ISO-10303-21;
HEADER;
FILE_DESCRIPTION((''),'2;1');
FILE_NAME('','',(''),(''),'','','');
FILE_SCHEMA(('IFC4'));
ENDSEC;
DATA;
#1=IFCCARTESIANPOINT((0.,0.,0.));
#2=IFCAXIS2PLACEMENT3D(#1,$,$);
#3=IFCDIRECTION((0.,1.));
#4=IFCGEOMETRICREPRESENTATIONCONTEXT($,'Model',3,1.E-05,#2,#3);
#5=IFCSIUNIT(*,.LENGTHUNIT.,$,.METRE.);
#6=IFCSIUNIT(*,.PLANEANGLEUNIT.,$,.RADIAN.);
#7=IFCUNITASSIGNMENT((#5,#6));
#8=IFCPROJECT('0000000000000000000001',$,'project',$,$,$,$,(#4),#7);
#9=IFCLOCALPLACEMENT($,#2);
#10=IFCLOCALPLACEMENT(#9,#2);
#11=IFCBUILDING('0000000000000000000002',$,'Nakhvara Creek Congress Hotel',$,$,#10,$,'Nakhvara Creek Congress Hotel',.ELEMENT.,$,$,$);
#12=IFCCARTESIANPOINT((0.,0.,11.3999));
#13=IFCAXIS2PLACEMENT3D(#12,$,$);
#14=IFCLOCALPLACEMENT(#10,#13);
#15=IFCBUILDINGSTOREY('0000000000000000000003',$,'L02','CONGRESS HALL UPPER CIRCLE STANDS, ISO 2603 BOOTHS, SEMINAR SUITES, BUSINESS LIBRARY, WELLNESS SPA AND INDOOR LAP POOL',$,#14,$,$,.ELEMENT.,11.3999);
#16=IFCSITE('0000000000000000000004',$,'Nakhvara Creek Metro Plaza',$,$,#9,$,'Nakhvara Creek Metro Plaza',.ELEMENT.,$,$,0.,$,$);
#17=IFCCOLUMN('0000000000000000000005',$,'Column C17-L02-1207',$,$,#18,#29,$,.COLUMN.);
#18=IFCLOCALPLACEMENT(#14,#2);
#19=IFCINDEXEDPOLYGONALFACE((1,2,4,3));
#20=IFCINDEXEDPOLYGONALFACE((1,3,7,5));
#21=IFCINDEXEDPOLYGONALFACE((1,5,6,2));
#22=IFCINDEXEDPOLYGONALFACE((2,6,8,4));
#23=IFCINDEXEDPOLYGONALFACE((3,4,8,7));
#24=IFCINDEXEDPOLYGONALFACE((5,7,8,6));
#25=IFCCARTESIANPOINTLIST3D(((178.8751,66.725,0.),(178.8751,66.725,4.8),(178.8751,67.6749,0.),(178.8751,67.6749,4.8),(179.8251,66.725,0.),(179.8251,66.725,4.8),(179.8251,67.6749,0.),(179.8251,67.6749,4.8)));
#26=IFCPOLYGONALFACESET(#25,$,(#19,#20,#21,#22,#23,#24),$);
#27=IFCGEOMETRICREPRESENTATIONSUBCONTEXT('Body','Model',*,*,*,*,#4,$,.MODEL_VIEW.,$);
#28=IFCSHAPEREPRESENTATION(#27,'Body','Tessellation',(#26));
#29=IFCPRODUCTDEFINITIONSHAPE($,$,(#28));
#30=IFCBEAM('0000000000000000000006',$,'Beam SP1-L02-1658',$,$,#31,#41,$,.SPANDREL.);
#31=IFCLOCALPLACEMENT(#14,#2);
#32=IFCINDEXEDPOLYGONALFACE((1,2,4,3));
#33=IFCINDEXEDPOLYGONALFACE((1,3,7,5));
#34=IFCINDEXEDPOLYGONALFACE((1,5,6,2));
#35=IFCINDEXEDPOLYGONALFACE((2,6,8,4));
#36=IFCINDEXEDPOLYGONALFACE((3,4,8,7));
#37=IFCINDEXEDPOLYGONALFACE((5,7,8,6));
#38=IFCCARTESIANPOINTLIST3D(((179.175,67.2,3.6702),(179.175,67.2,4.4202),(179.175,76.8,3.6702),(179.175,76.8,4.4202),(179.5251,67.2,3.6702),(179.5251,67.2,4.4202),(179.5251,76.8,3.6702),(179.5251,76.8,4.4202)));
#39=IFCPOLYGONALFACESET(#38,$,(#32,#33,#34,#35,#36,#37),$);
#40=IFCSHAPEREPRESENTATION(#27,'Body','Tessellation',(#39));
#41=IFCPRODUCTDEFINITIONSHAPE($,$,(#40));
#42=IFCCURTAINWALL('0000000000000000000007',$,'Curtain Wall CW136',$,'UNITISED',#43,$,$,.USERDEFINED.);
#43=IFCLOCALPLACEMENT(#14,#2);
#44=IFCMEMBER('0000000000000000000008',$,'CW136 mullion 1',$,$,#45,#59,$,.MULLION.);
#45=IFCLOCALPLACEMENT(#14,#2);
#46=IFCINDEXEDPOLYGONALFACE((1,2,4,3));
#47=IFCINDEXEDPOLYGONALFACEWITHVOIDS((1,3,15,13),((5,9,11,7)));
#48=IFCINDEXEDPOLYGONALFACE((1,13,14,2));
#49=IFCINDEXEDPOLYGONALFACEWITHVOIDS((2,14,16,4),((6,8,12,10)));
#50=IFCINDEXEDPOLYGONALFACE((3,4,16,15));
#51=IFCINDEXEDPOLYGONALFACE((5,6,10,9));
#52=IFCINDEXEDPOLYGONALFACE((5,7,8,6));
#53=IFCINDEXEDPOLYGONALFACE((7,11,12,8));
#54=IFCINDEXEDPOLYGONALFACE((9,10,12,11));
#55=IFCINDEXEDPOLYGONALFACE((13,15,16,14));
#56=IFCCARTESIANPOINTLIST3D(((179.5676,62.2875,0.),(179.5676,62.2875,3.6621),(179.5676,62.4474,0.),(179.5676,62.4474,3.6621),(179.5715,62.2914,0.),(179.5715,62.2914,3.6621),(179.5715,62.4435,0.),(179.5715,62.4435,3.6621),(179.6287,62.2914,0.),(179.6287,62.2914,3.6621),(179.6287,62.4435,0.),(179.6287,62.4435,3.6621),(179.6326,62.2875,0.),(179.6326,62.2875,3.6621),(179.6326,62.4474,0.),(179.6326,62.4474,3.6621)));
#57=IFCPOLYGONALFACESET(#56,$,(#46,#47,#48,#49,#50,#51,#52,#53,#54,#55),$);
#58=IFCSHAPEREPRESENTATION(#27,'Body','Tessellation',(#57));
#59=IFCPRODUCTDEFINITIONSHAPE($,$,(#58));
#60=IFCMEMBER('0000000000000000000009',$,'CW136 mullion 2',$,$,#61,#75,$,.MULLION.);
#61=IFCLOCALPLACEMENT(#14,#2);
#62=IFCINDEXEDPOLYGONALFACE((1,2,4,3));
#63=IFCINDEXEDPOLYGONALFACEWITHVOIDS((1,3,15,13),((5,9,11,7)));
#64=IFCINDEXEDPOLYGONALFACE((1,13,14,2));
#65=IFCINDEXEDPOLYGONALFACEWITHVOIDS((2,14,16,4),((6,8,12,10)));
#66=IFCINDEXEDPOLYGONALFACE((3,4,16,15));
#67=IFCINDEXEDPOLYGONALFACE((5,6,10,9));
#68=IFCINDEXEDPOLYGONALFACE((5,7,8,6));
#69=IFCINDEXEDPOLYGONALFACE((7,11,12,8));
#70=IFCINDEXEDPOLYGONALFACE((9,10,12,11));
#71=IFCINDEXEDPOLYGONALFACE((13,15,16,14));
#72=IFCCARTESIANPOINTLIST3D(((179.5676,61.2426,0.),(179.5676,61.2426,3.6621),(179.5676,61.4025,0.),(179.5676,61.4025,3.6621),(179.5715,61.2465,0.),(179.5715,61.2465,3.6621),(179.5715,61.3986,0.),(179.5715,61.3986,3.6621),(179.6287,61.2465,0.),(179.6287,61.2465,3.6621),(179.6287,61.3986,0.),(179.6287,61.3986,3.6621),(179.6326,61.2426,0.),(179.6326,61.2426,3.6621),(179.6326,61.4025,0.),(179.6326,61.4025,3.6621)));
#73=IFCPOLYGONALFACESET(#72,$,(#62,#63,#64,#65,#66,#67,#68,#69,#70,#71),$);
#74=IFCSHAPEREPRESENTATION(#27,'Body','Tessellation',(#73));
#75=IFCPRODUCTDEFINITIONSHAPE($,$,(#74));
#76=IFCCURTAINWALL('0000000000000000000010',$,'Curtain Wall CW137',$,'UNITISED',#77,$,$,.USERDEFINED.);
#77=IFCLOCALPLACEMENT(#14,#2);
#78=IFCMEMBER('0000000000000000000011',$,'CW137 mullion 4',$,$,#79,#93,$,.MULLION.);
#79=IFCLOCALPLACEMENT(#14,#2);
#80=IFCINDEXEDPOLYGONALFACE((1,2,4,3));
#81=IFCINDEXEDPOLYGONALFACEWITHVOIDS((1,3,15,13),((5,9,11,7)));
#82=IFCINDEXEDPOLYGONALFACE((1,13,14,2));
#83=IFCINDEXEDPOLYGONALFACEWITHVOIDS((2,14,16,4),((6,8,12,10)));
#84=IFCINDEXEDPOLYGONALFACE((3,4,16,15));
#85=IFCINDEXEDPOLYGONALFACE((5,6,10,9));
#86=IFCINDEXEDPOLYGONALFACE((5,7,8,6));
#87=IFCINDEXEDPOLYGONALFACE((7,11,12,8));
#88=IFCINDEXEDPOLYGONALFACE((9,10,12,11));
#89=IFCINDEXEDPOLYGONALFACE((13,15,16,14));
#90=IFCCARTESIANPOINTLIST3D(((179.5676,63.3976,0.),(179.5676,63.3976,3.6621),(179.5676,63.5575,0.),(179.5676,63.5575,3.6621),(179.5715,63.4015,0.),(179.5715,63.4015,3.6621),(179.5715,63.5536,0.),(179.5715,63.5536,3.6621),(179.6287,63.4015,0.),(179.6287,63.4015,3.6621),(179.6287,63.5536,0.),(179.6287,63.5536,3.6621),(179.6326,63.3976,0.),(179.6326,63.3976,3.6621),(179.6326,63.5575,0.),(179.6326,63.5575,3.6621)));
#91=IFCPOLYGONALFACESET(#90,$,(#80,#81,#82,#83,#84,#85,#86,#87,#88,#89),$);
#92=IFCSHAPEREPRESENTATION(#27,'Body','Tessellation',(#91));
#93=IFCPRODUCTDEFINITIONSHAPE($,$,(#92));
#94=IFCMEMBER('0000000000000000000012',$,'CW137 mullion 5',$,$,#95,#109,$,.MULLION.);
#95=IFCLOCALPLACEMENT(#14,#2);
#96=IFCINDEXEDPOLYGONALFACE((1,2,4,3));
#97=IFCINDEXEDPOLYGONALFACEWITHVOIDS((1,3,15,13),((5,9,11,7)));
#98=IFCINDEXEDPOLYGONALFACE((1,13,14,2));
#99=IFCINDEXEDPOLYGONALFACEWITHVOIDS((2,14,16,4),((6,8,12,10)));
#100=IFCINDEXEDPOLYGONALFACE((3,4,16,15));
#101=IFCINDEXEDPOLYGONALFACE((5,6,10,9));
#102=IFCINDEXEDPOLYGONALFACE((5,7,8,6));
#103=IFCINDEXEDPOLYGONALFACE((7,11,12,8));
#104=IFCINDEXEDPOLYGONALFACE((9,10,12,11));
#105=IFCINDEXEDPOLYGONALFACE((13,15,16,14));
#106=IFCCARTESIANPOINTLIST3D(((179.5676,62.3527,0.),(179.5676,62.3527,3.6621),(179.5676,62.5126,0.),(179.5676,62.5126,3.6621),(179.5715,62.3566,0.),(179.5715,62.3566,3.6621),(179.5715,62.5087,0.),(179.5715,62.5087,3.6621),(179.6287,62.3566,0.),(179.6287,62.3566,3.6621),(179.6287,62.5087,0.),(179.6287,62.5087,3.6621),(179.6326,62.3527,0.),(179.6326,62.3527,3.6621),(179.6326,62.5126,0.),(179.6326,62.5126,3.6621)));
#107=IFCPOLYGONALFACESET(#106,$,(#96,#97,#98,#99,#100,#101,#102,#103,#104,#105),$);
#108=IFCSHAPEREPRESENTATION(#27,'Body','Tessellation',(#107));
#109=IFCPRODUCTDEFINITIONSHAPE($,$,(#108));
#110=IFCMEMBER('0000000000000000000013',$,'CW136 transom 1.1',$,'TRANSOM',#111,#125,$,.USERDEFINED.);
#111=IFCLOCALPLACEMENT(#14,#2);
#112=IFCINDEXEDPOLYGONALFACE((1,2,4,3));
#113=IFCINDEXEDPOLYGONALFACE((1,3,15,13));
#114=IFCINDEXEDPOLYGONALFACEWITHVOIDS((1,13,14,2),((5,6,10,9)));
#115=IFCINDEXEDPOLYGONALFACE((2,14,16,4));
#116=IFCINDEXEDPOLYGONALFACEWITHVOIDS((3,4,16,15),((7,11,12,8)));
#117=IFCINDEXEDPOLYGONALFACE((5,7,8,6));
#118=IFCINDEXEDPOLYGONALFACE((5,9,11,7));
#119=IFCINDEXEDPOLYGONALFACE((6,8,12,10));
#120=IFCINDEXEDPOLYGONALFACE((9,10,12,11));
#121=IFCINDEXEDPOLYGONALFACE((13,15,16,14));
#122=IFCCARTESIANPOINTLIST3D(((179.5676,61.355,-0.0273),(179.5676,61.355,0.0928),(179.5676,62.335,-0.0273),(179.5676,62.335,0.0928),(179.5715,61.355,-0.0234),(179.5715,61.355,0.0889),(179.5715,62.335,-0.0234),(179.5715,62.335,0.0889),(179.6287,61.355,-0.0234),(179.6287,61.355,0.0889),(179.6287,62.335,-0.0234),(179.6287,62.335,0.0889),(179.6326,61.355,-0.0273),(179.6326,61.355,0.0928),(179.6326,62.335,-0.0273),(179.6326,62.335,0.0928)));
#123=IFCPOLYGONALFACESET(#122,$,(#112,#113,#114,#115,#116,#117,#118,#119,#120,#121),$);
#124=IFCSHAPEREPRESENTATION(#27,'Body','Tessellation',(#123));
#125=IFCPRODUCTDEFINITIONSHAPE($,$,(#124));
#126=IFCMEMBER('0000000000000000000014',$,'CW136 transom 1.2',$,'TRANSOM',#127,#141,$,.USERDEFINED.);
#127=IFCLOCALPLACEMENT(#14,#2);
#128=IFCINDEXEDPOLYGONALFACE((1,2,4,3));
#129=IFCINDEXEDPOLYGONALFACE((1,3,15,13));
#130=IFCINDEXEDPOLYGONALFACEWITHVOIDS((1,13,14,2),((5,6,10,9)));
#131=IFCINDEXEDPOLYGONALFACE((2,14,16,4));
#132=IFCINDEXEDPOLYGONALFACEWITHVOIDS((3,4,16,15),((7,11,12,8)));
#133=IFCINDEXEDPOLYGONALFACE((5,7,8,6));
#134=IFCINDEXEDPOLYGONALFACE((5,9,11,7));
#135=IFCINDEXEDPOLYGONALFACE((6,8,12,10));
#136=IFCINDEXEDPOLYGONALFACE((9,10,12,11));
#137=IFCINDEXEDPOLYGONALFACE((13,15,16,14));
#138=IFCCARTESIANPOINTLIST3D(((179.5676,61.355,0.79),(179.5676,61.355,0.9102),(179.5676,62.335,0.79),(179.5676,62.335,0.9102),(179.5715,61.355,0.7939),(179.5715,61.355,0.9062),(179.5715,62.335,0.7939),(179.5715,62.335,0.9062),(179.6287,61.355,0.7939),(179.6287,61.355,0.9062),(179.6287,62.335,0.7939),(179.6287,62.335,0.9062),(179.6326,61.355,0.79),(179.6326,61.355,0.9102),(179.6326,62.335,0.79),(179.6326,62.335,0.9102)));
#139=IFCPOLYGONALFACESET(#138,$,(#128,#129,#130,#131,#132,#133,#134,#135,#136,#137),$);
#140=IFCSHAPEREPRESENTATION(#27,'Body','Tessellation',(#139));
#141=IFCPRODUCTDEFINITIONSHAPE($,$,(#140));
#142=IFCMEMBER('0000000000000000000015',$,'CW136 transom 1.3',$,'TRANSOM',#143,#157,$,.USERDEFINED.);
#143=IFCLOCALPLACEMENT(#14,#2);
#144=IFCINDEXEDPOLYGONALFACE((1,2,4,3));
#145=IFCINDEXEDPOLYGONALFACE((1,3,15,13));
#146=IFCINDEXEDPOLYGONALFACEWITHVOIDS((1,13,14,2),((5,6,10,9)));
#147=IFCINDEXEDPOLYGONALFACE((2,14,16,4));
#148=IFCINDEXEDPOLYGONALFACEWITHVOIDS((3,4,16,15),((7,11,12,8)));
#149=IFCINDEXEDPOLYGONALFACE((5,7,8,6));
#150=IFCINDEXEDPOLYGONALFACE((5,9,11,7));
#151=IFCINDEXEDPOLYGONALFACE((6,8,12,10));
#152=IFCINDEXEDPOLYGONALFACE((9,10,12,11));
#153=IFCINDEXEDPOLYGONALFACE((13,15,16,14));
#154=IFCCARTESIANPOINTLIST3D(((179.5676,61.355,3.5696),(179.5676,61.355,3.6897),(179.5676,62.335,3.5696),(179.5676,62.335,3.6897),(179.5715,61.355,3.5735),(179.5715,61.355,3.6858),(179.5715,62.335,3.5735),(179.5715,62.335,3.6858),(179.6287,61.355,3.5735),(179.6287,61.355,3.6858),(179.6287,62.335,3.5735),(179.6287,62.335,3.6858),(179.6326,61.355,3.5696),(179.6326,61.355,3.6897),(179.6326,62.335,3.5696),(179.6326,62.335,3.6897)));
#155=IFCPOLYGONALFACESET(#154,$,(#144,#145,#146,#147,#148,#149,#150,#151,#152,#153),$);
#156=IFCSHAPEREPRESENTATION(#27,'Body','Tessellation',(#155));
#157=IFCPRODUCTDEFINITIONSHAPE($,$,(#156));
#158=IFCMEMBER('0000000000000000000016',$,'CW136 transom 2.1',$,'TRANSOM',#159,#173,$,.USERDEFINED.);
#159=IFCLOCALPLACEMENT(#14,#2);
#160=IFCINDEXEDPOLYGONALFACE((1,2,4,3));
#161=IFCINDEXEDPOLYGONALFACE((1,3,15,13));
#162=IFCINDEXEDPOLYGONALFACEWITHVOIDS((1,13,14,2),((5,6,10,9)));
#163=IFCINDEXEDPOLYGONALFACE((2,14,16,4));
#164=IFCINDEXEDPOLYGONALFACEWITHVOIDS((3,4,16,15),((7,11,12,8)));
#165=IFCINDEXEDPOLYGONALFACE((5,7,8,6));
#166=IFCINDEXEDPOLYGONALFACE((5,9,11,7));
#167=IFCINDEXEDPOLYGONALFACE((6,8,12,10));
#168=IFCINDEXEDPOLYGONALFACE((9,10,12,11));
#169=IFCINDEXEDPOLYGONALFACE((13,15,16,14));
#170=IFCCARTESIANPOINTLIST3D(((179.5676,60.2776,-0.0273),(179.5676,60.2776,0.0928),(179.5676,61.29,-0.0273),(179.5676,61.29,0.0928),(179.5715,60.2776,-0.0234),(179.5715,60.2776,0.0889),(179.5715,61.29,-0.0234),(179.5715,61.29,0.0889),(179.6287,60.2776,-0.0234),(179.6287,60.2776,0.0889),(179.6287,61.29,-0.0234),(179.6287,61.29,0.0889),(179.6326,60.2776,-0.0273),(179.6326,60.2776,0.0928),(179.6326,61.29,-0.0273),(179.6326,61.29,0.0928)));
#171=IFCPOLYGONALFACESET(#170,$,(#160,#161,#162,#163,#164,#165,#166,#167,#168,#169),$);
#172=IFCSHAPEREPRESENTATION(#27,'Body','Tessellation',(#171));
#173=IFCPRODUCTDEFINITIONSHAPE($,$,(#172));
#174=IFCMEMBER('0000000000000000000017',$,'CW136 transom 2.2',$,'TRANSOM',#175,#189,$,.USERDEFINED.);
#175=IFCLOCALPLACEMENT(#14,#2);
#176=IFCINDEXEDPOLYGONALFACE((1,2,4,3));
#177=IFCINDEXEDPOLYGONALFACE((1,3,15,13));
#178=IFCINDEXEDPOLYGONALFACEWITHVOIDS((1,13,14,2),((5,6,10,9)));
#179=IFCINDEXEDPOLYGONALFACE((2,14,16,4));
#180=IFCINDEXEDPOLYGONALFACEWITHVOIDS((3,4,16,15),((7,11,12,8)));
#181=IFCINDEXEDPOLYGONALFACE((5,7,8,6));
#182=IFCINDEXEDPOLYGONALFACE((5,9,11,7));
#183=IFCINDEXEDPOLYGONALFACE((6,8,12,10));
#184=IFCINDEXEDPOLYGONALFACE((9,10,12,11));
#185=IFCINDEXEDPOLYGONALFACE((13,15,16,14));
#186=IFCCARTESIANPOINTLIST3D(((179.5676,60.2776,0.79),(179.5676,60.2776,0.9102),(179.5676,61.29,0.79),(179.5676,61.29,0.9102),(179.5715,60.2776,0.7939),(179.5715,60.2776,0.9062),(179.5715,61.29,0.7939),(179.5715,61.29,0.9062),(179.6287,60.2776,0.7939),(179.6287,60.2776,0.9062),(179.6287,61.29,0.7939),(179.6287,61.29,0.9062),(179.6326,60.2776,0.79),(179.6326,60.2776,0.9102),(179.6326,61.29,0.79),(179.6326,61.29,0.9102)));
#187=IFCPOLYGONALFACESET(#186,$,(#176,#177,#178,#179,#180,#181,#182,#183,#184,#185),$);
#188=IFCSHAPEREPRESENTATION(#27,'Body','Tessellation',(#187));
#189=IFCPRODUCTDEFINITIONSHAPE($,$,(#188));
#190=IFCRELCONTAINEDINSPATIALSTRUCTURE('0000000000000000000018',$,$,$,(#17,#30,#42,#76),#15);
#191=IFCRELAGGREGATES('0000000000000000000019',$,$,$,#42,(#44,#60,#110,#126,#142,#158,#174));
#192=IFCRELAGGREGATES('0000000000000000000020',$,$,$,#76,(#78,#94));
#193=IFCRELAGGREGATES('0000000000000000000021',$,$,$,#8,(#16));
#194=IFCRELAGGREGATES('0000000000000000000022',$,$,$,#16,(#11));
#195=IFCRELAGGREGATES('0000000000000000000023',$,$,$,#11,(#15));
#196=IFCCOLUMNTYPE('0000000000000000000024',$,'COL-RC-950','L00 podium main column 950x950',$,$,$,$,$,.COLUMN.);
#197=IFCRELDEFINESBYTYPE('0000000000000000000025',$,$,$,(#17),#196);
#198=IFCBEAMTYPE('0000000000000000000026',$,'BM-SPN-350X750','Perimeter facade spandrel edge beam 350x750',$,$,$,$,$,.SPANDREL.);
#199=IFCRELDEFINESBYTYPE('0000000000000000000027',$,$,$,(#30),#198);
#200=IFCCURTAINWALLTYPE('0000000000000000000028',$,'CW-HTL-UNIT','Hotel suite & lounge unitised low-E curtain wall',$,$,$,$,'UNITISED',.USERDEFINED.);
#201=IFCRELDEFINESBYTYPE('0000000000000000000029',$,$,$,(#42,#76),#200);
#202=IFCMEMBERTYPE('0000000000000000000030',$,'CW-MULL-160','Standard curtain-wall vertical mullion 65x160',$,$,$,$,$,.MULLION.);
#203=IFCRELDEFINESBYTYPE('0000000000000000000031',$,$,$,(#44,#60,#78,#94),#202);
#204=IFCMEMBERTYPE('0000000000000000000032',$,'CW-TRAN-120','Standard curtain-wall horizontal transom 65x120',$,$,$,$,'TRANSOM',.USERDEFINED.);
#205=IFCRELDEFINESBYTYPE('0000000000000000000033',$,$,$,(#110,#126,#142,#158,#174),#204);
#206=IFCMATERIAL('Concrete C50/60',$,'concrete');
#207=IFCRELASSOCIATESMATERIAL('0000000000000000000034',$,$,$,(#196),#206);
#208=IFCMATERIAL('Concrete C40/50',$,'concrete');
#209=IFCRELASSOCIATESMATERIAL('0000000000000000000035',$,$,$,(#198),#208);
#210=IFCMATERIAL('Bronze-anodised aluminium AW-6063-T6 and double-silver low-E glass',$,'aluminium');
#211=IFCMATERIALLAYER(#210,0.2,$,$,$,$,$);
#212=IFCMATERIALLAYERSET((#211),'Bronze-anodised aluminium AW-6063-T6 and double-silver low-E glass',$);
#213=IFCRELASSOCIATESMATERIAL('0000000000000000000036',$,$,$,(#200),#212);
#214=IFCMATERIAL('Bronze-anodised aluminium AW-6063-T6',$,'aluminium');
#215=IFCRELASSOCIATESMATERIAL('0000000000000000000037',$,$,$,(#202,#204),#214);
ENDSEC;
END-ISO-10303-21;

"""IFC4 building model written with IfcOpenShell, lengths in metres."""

from ifc_helpers import new_model, si_unit, direction, frame, origin, origin_2d, place, context, subcontext, project, spatial, rectangle, hollow_rectangle, extrude, material, layer, layer_set, material_profile, profile_set, type_object, element, aggregate, save


model = new_model("IFC4")

# Units and contexts
model_context = context("Model", 3, precision=1e-05, world=origin(), true_north=direction((0.0, 1.0)))
body_context = subcontext(model_context, "Body", "Model", "MODEL_VIEW")
ifc_project = project(units=[si_unit("LENGTHUNIT", "METRE"), si_unit("PLANEANGLEUNIT", "RADIAN")], contexts=[model_context])

# Site, building, storey
site_placement = place(None, origin())
site = spatial("IfcSite", under=ifc_project, at=site_placement, Name="Nakhvara Creek Metro Plaza", LongName="Nakhvara Creek Metro Plaza", CompositionType="ELEMENT", RefElevation=0.0)
building_placement = place(site_placement, origin())
building = spatial("IfcBuilding", under=site, at=building_placement, Name="Nakhvara Creek Congress Hotel", LongName="Nakhvara Creek Congress Hotel", CompositionType="ELEMENT")
storey_placement = place(building_placement, frame((0.0, 0.0, 11.3999)))
storey = spatial("IfcBuildingStorey", under=building, at=storey_placement, Name="L02", Description="CONGRESS HALL UPPER CIRCLE STANDS, ISO 2603 BOOTHS, SEMINAR SUITES, BUSINESS LIBRARY, WELLNESS SPA AND INDOOR LAP POOL", CompositionType="ELEMENT", Elevation=11.3999)

# Column
ifc_material_1 = material(Name="Concrete C50/60", Category="concrete")
ifc_material_profile_1 = material_profile(ifc_material_1, rectangle(XDim=0.95, YDim=0.95, at=origin_2d()), Name="RC-COL 950x950", Category="LoadBearing")
ifc_profile_set_1 = profile_set([ifc_material_profile_1], Name="Concrete C50/60")
column_type = type_object("IfcColumnType", Name="COL-RC-950", Description="L00 podium main column 950x950", PredefinedType="COLUMN", material=ifc_profile_set_1)
column_placement = place(storey_placement, frame((179.3501, 67.2, 0.0), z_axis=(0.0, 0.0, 1.0), x_axis=(1.0, 0.0, 0.0)))
element("IfcColumn", 1, at=column_placement, inside=storey, type_object=column_type, Name="Column C17-L02-1207", PredefinedType="COLUMN", context=body_context, shape_type="SweptSolid", body=[
    extrude(rectangle(XDim=0.95, YDim=0.95, at=origin_2d()), origin(), (0.0, 0.0, 1.0), 4.8),
])

# Beam
ifc_material_2 = material(Name="Concrete C40/50", Category="concrete")
ifc_material_profile_2 = material_profile(ifc_material_2, rectangle(XDim=0.3501, YDim=0.75, at=origin_2d()), Name="RC-SPANDREL 350x750", Category="LoadBearing")
ifc_profile_set_2 = profile_set([ifc_material_profile_2], Name="Concrete C40/50")
beam_type = type_object("IfcBeamType", Name="BM-SPN-350X750", Description="Perimeter facade spandrel edge beam 350x750", PredefinedType="SPANDREL", material=ifc_profile_set_2)
beam_placement = place(storey_placement, frame((179.3501, 67.2, 4.0452), z_axis=(0.0, 1.0, 0.0), x_axis=(-1.0, 0.0, 0.0)))
element("IfcBeam", 2, at=beam_placement, inside=storey, type_object=beam_type, Name="Beam SP1-L02-1658", PredefinedType="SPANDREL", context=body_context, shape_type="SweptSolid", body=[
    extrude(rectangle(XDim=0.3501, YDim=0.75, at=origin_2d()), origin(), (0.0, 0.0, 1.0), 9.6001),
])

# Curtain walls, members
ifc_material_3 = material(Name="Bronze-anodised aluminium AW-6063-T6 and double-silver low-E glass", Category="aluminium")
ifc_layer_1 = layer(ifc_material_3, 0.2)
ifc_layer_set_1 = layer_set([ifc_layer_1], Name="Bronze-anodised aluminium AW-6063-T6 and double-silver low-E glass")
curtain_wall_type = type_object("IfcCurtainWallType", Name="CW-HTL-UNIT", Description="Hotel suite & lounge unitised low-E curtain wall", ElementType="UNITISED", PredefinedType="USERDEFINED", material=ifc_layer_set_1)
curtain_wall_1_placement = place(storey_placement, origin())
curtain_wall_1 = element("IfcCurtainWall", 3, at=curtain_wall_1_placement, inside=storey, type_object=curtain_wall_type, Name="Curtain Wall CW136", ObjectType="UNITISED", PredefinedType="USERDEFINED")
ifc_material_4 = material(Name="Bronze-anodised aluminium AW-6063-T6", Category="aluminium")
ifc_material_profile_3 = material_profile(ifc_material_4, hollow_rectangle(XDim=0.0649, YDim=0.1599, WallThickness=0.0039, at=origin_2d()), Name="ALU-MULL 65x160x4", Category="LoadBearing")
ifc_profile_set_3 = profile_set([ifc_material_profile_3], Name="Bronze-anodised aluminium AW-6063-T6")
member_type_1 = type_object("IfcMemberType", Name="CW-MULL-160", Description="Standard curtain-wall vertical mullion 65x160", PredefinedType="MULLION", material=ifc_profile_set_3)
member_1_placement = place(storey_placement, frame((179.6001, 62.3674, 0.0), z_axis=(0.0, 0.0, 1.0), x_axis=(1.0, 0.0, 0.0)))
member_1 = element("IfcMember", 4, at=member_1_placement, type_object=member_type_1, Name="CW136 mullion 1", PredefinedType="MULLION", context=body_context, shape_type="SweptSolid", body=[
    extrude(hollow_rectangle(XDim=0.0649, YDim=0.1599, WallThickness=0.0039, at=origin_2d()), origin(), (0.0, 0.0, 1.0), 3.6621),
])
member_2_placement = place(storey_placement, frame((179.6001, 61.3225, 0.0), z_axis=(0.0, 0.0, 1.0), x_axis=(1.0, 0.0, 0.0)))
member_2 = element("IfcMember", 5, at=member_2_placement, type_object=member_type_1, Name="CW136 mullion 2", PredefinedType="MULLION", context=body_context, shape_type="SweptSolid", body=[
    extrude(hollow_rectangle(XDim=0.0649, YDim=0.1599, WallThickness=0.0039, at=origin_2d()), origin(), (0.0, 0.0, 1.0), 3.6621),
])
curtain_wall_2_placement = place(storey_placement, origin())
curtain_wall_2 = element("IfcCurtainWall", 6, at=curtain_wall_2_placement, inside=storey, type_object=curtain_wall_type, Name="Curtain Wall CW137", ObjectType="UNITISED", PredefinedType="USERDEFINED")
member_3_placement = place(storey_placement, frame((179.6001, 63.4775, 0.0), z_axis=(0.0, 0.0, 1.0), x_axis=(1.0, 0.0, 0.0)))
member_3 = element("IfcMember", 7, at=member_3_placement, type_object=member_type_1, Name="CW137 mullion 4", PredefinedType="MULLION", context=body_context, shape_type="SweptSolid", body=[
    extrude(hollow_rectangle(XDim=0.0649, YDim=0.1599, WallThickness=0.0039, at=origin_2d()), origin(), (0.0, 0.0, 1.0), 3.6621),
])
member_4_placement = place(storey_placement, frame((179.6001, 62.4326, 0.0), z_axis=(0.0, 0.0, 1.0), x_axis=(1.0, 0.0, 0.0)))
member_4 = element("IfcMember", 8, at=member_4_placement, type_object=member_type_1, Name="CW137 mullion 5", PredefinedType="MULLION", context=body_context, shape_type="SweptSolid", body=[
    extrude(hollow_rectangle(XDim=0.0649, YDim=0.1599, WallThickness=0.0039, at=origin_2d()), origin(), (0.0, 0.0, 1.0), 3.6621),
])

# Members
ifc_material_profile_4 = material_profile(ifc_material_4, hollow_rectangle(XDim=0.0649, YDim=0.1201, WallThickness=0.0039, at=origin_2d()), Name="ALU-TRAN 65x120x4", Category="LoadBearing")
ifc_profile_set_4 = profile_set([ifc_material_profile_4], Name="Bronze-anodised aluminium AW-6063-T6")
member_type_2 = type_object("IfcMemberType", Name="CW-TRAN-120", Description="Standard curtain-wall horizontal transom 65x120", ElementType="TRANSOM", PredefinedType="USERDEFINED", material=ifc_profile_set_4)
member_5_placement = place(storey_placement, frame((179.6001, 62.335, 0.0327), z_axis=(0.0, -1.0, 0.0), x_axis=(1.0, 0.0, 0.0)))
member_5 = element("IfcMember", 9, at=member_5_placement, type_object=member_type_2, Name="CW136 transom 1.1", ObjectType="TRANSOM", PredefinedType="USERDEFINED", context=body_context, shape_type="SweptSolid", body=[
    extrude(hollow_rectangle(XDim=0.0649, YDim=0.1201, WallThickness=0.0039, at=origin_2d()), origin(), (0.0, 0.0, 1.0), 0.98),
])
member_6_placement = place(storey_placement, frame((179.6001, 62.335, 0.8501), z_axis=(0.0, -1.0, 0.0), x_axis=(1.0, 0.0, 0.0)))
member_6 = element("IfcMember", 10, at=member_6_placement, type_object=member_type_2, Name="CW136 transom 1.2", ObjectType="TRANSOM", PredefinedType="USERDEFINED", context=body_context, shape_type="SweptSolid", body=[
    extrude(hollow_rectangle(XDim=0.0649, YDim=0.1201, WallThickness=0.0039, at=origin_2d()), origin(), (0.0, 0.0, 1.0), 0.98),
])
member_7_placement = place(storey_placement, frame((179.6001, 62.335, 3.6296), z_axis=(0.0, -1.0, 0.0), x_axis=(1.0, 0.0, 0.0)))
member_7 = element("IfcMember", 11, at=member_7_placement, type_object=member_type_2, Name="CW136 transom 1.3", ObjectType="TRANSOM", PredefinedType="USERDEFINED", context=body_context, shape_type="SweptSolid", body=[
    extrude(hollow_rectangle(XDim=0.0649, YDim=0.1201, WallThickness=0.0039, at=origin_2d()), origin(), (0.0, 0.0, 1.0), 0.98),
])
member_8_placement = place(storey_placement, frame((179.6001, 61.29, 0.0327), z_axis=(0.0, -1.0, 0.0), x_axis=(1.0, 0.0, 0.0)))
member_8 = element("IfcMember", 12, at=member_8_placement, type_object=member_type_2, Name="CW136 transom 2.1", ObjectType="TRANSOM", PredefinedType="USERDEFINED", context=body_context, shape_type="SweptSolid", body=[
    extrude(hollow_rectangle(XDim=0.0649, YDim=0.1201, WallThickness=0.0039, at=origin_2d()), origin(), (0.0, 0.0, 1.0), 1.0125),
])
member_9_placement = place(storey_placement, frame((179.6001, 61.29, 0.8501), z_axis=(0.0, -1.0, 0.0), x_axis=(1.0, 0.0, 0.0)))
member_9 = element("IfcMember", 13, at=member_9_placement, type_object=member_type_2, Name="CW136 transom 2.2", ObjectType="TRANSOM", PredefinedType="USERDEFINED", context=body_context, shape_type="SweptSolid", body=[
    extrude(hollow_rectangle(XDim=0.0649, YDim=0.1201, WallThickness=0.0039, at=origin_2d()), origin(), (0.0, 0.0, 1.0), 1.0125),
])

aggregate(curtain_wall_1, [member_1, member_2, member_5, member_6, member_7, member_8, member_9])
aggregate(curtain_wall_2, [member_3, member_4])

save(model, "model.ifc")
